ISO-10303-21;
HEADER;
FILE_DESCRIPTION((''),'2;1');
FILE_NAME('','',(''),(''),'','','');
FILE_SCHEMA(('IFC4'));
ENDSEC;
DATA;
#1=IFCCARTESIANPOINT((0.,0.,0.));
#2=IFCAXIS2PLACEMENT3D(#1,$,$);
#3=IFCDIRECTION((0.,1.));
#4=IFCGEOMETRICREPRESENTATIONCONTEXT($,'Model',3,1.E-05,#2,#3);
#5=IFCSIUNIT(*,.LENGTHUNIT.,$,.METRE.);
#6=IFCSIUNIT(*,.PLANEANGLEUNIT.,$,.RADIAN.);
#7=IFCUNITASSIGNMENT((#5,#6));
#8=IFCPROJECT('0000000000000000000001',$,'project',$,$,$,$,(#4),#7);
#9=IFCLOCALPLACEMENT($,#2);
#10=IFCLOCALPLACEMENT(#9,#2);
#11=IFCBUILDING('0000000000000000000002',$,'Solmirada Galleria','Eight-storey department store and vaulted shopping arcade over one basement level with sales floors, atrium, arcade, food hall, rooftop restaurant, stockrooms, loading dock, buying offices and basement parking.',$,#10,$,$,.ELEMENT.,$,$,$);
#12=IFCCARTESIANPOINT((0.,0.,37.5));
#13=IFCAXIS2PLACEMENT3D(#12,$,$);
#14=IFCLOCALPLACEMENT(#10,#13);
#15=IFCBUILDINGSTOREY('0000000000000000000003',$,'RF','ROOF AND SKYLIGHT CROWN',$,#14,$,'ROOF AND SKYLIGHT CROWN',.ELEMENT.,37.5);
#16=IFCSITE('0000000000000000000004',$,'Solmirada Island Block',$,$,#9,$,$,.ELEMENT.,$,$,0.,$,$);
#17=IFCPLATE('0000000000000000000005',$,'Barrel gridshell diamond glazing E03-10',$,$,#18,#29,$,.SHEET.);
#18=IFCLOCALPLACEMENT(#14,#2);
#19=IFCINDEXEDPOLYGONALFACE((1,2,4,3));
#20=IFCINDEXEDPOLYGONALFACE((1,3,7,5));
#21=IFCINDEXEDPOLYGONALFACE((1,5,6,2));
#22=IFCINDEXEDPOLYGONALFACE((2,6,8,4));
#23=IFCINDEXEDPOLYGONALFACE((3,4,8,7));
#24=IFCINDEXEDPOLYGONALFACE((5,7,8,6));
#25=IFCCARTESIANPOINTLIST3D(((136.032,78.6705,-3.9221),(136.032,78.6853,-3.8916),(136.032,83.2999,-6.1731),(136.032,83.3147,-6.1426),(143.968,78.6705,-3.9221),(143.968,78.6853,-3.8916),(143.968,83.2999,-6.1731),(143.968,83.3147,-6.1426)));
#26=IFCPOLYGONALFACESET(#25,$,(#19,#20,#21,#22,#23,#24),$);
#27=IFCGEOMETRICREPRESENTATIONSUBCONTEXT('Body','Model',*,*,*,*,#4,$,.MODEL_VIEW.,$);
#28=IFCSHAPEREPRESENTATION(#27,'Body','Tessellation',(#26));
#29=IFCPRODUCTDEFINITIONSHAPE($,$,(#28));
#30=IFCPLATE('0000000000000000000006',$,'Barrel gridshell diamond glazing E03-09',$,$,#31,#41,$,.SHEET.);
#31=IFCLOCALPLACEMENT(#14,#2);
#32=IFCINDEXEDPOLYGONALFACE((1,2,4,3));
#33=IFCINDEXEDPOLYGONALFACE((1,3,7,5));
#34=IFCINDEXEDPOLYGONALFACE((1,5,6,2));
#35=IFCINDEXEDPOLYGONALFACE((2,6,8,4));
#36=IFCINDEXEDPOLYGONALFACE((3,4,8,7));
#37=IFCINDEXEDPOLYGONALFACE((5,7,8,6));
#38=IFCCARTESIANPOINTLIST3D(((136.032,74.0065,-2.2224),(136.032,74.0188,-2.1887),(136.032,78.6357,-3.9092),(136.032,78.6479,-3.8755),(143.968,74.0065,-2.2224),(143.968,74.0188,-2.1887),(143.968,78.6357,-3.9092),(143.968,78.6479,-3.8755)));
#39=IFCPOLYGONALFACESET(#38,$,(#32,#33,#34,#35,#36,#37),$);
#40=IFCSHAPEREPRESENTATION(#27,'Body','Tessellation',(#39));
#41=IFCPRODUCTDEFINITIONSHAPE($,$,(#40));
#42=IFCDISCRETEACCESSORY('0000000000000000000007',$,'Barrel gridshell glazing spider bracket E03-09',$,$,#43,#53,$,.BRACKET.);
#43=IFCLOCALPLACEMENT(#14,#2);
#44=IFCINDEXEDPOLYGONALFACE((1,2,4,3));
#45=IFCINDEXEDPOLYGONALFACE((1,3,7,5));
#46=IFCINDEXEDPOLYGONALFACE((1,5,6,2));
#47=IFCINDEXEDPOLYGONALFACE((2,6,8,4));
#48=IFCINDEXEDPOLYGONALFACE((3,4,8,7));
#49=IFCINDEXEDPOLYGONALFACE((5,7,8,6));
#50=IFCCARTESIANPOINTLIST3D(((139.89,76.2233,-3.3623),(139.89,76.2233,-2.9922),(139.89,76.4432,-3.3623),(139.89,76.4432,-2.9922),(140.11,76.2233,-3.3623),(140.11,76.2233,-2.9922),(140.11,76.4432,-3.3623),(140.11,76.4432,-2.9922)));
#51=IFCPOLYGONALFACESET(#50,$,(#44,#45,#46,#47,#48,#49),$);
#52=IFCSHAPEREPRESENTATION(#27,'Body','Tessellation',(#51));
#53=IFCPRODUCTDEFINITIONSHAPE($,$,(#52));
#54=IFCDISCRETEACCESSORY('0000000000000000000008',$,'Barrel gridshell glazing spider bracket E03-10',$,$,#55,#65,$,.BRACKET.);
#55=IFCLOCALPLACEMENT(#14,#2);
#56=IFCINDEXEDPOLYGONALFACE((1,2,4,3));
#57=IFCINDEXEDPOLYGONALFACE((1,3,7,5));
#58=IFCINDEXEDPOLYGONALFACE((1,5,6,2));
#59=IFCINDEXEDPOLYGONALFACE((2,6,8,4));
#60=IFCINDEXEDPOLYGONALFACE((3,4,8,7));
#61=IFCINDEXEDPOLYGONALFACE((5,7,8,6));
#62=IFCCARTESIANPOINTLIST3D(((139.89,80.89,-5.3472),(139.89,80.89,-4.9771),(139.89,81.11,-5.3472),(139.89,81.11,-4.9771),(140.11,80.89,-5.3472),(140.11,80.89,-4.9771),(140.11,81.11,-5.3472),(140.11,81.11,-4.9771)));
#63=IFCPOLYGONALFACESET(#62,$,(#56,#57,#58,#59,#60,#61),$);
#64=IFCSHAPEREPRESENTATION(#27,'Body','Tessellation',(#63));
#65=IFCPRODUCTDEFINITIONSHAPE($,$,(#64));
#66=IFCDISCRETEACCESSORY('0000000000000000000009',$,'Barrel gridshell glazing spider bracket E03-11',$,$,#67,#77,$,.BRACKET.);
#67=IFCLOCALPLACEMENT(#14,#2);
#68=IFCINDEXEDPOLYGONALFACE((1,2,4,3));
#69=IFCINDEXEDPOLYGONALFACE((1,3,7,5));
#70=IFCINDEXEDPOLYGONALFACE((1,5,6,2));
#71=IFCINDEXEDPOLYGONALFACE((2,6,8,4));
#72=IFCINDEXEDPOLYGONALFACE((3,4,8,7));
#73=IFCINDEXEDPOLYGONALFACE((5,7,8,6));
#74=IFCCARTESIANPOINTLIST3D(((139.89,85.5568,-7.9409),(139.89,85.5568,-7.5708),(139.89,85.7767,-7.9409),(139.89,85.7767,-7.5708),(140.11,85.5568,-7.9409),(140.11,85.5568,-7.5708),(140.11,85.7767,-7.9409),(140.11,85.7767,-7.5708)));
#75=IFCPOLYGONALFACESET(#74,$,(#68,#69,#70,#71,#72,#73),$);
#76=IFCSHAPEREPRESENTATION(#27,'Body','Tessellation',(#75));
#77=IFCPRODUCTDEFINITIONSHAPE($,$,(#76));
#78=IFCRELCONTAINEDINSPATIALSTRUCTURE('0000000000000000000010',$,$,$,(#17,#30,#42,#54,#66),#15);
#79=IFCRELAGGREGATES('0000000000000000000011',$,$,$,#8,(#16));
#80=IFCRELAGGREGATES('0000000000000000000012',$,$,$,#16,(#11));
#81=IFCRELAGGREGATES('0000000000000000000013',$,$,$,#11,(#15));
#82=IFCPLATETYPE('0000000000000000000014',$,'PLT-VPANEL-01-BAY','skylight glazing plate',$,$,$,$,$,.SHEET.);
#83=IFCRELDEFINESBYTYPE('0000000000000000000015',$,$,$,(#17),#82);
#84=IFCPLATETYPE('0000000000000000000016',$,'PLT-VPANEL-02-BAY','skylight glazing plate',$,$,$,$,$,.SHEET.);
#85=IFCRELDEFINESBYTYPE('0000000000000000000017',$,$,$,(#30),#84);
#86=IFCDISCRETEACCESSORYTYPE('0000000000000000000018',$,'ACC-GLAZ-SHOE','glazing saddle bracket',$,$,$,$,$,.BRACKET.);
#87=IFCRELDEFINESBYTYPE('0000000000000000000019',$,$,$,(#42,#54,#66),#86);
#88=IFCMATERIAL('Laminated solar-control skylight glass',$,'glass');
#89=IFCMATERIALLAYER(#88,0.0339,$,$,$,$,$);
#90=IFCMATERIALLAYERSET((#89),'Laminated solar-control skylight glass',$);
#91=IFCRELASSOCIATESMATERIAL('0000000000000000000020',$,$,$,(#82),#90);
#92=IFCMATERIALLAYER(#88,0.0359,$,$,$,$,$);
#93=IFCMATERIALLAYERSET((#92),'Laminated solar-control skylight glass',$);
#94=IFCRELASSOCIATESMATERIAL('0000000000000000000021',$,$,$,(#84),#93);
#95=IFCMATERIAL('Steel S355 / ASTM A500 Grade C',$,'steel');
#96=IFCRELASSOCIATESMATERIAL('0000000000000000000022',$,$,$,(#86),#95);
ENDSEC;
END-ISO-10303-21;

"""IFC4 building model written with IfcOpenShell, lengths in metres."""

from ifc_helpers import new_model, si_unit, direction, frame, origin, origin_2d, place, context, subcontext, project, spatial, polyline, rectangle, outline, extrude, material, layer, layer_set, type_object, element, save


model = new_model("IFC4")

# Units and contexts
model_context = context("Model", 3, precision=1e-05, world=origin(), true_north=direction((0.0, 1.0)))
body_context = subcontext(model_context, "Body", "Model", "MODEL_VIEW")
ifc_project = project(units=[si_unit("LENGTHUNIT", "METRE"), si_unit("PLANEANGLEUNIT", "RADIAN")], contexts=[model_context])

# Site, building, storey
site_placement = place(None, origin())
site = spatial("IfcSite", under=ifc_project, at=site_placement, Name="Solmirada Island Block", CompositionType="ELEMENT", RefElevation=0.0)
building_placement = place(site_placement, origin())
building = spatial("IfcBuilding", under=site, at=building_placement, Name="Solmirada Galleria", Description="Eight-storey department store and vaulted shopping arcade over one basement level with sales floors, atrium, arcade, food hall, rooftop restaurant, stockrooms, loading dock, buying offices and basement parking.", CompositionType="ELEMENT")
storey_placement = place(building_placement, frame((0.0, 0.0, 37.5)))
storey = spatial("IfcBuildingStorey", under=building, at=storey_placement, Name="RF", Description="ROOF AND SKYLIGHT CROWN", LongName="ROOF AND SKYLIGHT CROWN", CompositionType="ELEMENT", Elevation=37.5)

# Shared definitions
ifc_material_1 = material(Name="Steel S355 / ASTM A500 Grade C", Category="steel")

# Plates
ifc_material_2 = material(Name="Laminated solar-control skylight glass", Category="glass")
ifc_layer_1 = layer(ifc_material_2, 0.0339)
ifc_layer_set_1 = layer_set([ifc_layer_1], Name="Laminated solar-control skylight glass")
plate_type_1 = type_object("IfcPlateType", Name="PLT-VPANEL-01-BAY", Description="skylight glazing plate", PredefinedType="SHEET", material=ifc_layer_set_1)
plate_1_placement = place(storey_placement, frame((136.032, 78.6853, -3.8916), z_axis=(0.0, 0.437283, 0.899324), x_axis=(1.0, 0.0, 0.0)))
element("IfcPlate", 1, at=plate_1_placement, inside=storey, type_object=plate_type_1, Name="Barrel gridshell diamond glazing E03-10", PredefinedType="SHEET", context=body_context, shape_type="SweptSolid", body=[
    extrude(outline(polyline([(0.0, 0.0), (7.936, 0.0), (7.936, 5.1476), (0.0, 5.1476), (0.0, 0.0)])), origin(), (0.0, 0.0, -1.0), 0.0339),
])
ifc_layer_2 = layer(ifc_material_2, 0.0359)
ifc_layer_set_2 = layer_set([ifc_layer_2], Name="Laminated solar-control skylight glass")
plate_type_2 = type_object("IfcPlateType", Name="PLT-VPANEL-02-BAY", Description="skylight glazing plate", PredefinedType="SHEET", material=ifc_layer_set_2)
plate_2_placement = place(storey_placement, frame((136.032, 74.0188, -2.1887), z_axis=(0.0, 0.34236, 0.939569), x_axis=(1.0, 0.0, 0.0)))
element("IfcPlate", 2, at=plate_2_placement, inside=storey, type_object=plate_type_2, Name="Barrel gridshell diamond glazing E03-09", PredefinedType="SHEET", context=body_context, shape_type="SweptSolid", body=[
    extrude(outline(polyline([(0.0, 0.0), (7.936, 0.0), (7.936, 4.9269), (0.0, 4.9269), (0.0, 0.0)])), origin(), (0.0, 0.0, -1.0), 0.0359),
])

# Discrete accessories
discrete_accessory_type = type_object("IfcDiscreteAccessoryType", Name="ACC-GLAZ-SHOE", Description="glazing saddle bracket", PredefinedType="BRACKET", material=ifc_material_1)
for number, where, z_axis, x_axis, name in (
    (3, (140.0, 76.3333, -3.3623), (0.0, 0.0, 1.0), (1.0, 0.0, 0.0), "Barrel gridshell glazing spider bracket E03-09"),
    (4, (140.0, 81.0, -5.3472), (0.0, 0.0, 1.0), (1.0, 0.0, 0.0), "Barrel gridshell glazing spider bracket E03-10"),
    (5, (140.0, 85.6667, -7.9409), (0.0, 0.0, 1.0), (1.0, 0.0, 0.0), "Barrel gridshell glazing spider bracket E03-11"),
):
    element("IfcDiscreteAccessory", number, at=place(storey_placement, frame(where, z_axis=z_axis, x_axis=x_axis)), inside=storey, type_object=discrete_accessory_type, Name=name, PredefinedType="BRACKET", context=body_context, shape_type="SweptSolid", body=[
        extrude(rectangle(XDim=0.22, YDim=0.22, at=origin_2d()), origin(), (0.0, 0.0, 1.0), 0.3701),
    ])

save(model, "model.ifc")
